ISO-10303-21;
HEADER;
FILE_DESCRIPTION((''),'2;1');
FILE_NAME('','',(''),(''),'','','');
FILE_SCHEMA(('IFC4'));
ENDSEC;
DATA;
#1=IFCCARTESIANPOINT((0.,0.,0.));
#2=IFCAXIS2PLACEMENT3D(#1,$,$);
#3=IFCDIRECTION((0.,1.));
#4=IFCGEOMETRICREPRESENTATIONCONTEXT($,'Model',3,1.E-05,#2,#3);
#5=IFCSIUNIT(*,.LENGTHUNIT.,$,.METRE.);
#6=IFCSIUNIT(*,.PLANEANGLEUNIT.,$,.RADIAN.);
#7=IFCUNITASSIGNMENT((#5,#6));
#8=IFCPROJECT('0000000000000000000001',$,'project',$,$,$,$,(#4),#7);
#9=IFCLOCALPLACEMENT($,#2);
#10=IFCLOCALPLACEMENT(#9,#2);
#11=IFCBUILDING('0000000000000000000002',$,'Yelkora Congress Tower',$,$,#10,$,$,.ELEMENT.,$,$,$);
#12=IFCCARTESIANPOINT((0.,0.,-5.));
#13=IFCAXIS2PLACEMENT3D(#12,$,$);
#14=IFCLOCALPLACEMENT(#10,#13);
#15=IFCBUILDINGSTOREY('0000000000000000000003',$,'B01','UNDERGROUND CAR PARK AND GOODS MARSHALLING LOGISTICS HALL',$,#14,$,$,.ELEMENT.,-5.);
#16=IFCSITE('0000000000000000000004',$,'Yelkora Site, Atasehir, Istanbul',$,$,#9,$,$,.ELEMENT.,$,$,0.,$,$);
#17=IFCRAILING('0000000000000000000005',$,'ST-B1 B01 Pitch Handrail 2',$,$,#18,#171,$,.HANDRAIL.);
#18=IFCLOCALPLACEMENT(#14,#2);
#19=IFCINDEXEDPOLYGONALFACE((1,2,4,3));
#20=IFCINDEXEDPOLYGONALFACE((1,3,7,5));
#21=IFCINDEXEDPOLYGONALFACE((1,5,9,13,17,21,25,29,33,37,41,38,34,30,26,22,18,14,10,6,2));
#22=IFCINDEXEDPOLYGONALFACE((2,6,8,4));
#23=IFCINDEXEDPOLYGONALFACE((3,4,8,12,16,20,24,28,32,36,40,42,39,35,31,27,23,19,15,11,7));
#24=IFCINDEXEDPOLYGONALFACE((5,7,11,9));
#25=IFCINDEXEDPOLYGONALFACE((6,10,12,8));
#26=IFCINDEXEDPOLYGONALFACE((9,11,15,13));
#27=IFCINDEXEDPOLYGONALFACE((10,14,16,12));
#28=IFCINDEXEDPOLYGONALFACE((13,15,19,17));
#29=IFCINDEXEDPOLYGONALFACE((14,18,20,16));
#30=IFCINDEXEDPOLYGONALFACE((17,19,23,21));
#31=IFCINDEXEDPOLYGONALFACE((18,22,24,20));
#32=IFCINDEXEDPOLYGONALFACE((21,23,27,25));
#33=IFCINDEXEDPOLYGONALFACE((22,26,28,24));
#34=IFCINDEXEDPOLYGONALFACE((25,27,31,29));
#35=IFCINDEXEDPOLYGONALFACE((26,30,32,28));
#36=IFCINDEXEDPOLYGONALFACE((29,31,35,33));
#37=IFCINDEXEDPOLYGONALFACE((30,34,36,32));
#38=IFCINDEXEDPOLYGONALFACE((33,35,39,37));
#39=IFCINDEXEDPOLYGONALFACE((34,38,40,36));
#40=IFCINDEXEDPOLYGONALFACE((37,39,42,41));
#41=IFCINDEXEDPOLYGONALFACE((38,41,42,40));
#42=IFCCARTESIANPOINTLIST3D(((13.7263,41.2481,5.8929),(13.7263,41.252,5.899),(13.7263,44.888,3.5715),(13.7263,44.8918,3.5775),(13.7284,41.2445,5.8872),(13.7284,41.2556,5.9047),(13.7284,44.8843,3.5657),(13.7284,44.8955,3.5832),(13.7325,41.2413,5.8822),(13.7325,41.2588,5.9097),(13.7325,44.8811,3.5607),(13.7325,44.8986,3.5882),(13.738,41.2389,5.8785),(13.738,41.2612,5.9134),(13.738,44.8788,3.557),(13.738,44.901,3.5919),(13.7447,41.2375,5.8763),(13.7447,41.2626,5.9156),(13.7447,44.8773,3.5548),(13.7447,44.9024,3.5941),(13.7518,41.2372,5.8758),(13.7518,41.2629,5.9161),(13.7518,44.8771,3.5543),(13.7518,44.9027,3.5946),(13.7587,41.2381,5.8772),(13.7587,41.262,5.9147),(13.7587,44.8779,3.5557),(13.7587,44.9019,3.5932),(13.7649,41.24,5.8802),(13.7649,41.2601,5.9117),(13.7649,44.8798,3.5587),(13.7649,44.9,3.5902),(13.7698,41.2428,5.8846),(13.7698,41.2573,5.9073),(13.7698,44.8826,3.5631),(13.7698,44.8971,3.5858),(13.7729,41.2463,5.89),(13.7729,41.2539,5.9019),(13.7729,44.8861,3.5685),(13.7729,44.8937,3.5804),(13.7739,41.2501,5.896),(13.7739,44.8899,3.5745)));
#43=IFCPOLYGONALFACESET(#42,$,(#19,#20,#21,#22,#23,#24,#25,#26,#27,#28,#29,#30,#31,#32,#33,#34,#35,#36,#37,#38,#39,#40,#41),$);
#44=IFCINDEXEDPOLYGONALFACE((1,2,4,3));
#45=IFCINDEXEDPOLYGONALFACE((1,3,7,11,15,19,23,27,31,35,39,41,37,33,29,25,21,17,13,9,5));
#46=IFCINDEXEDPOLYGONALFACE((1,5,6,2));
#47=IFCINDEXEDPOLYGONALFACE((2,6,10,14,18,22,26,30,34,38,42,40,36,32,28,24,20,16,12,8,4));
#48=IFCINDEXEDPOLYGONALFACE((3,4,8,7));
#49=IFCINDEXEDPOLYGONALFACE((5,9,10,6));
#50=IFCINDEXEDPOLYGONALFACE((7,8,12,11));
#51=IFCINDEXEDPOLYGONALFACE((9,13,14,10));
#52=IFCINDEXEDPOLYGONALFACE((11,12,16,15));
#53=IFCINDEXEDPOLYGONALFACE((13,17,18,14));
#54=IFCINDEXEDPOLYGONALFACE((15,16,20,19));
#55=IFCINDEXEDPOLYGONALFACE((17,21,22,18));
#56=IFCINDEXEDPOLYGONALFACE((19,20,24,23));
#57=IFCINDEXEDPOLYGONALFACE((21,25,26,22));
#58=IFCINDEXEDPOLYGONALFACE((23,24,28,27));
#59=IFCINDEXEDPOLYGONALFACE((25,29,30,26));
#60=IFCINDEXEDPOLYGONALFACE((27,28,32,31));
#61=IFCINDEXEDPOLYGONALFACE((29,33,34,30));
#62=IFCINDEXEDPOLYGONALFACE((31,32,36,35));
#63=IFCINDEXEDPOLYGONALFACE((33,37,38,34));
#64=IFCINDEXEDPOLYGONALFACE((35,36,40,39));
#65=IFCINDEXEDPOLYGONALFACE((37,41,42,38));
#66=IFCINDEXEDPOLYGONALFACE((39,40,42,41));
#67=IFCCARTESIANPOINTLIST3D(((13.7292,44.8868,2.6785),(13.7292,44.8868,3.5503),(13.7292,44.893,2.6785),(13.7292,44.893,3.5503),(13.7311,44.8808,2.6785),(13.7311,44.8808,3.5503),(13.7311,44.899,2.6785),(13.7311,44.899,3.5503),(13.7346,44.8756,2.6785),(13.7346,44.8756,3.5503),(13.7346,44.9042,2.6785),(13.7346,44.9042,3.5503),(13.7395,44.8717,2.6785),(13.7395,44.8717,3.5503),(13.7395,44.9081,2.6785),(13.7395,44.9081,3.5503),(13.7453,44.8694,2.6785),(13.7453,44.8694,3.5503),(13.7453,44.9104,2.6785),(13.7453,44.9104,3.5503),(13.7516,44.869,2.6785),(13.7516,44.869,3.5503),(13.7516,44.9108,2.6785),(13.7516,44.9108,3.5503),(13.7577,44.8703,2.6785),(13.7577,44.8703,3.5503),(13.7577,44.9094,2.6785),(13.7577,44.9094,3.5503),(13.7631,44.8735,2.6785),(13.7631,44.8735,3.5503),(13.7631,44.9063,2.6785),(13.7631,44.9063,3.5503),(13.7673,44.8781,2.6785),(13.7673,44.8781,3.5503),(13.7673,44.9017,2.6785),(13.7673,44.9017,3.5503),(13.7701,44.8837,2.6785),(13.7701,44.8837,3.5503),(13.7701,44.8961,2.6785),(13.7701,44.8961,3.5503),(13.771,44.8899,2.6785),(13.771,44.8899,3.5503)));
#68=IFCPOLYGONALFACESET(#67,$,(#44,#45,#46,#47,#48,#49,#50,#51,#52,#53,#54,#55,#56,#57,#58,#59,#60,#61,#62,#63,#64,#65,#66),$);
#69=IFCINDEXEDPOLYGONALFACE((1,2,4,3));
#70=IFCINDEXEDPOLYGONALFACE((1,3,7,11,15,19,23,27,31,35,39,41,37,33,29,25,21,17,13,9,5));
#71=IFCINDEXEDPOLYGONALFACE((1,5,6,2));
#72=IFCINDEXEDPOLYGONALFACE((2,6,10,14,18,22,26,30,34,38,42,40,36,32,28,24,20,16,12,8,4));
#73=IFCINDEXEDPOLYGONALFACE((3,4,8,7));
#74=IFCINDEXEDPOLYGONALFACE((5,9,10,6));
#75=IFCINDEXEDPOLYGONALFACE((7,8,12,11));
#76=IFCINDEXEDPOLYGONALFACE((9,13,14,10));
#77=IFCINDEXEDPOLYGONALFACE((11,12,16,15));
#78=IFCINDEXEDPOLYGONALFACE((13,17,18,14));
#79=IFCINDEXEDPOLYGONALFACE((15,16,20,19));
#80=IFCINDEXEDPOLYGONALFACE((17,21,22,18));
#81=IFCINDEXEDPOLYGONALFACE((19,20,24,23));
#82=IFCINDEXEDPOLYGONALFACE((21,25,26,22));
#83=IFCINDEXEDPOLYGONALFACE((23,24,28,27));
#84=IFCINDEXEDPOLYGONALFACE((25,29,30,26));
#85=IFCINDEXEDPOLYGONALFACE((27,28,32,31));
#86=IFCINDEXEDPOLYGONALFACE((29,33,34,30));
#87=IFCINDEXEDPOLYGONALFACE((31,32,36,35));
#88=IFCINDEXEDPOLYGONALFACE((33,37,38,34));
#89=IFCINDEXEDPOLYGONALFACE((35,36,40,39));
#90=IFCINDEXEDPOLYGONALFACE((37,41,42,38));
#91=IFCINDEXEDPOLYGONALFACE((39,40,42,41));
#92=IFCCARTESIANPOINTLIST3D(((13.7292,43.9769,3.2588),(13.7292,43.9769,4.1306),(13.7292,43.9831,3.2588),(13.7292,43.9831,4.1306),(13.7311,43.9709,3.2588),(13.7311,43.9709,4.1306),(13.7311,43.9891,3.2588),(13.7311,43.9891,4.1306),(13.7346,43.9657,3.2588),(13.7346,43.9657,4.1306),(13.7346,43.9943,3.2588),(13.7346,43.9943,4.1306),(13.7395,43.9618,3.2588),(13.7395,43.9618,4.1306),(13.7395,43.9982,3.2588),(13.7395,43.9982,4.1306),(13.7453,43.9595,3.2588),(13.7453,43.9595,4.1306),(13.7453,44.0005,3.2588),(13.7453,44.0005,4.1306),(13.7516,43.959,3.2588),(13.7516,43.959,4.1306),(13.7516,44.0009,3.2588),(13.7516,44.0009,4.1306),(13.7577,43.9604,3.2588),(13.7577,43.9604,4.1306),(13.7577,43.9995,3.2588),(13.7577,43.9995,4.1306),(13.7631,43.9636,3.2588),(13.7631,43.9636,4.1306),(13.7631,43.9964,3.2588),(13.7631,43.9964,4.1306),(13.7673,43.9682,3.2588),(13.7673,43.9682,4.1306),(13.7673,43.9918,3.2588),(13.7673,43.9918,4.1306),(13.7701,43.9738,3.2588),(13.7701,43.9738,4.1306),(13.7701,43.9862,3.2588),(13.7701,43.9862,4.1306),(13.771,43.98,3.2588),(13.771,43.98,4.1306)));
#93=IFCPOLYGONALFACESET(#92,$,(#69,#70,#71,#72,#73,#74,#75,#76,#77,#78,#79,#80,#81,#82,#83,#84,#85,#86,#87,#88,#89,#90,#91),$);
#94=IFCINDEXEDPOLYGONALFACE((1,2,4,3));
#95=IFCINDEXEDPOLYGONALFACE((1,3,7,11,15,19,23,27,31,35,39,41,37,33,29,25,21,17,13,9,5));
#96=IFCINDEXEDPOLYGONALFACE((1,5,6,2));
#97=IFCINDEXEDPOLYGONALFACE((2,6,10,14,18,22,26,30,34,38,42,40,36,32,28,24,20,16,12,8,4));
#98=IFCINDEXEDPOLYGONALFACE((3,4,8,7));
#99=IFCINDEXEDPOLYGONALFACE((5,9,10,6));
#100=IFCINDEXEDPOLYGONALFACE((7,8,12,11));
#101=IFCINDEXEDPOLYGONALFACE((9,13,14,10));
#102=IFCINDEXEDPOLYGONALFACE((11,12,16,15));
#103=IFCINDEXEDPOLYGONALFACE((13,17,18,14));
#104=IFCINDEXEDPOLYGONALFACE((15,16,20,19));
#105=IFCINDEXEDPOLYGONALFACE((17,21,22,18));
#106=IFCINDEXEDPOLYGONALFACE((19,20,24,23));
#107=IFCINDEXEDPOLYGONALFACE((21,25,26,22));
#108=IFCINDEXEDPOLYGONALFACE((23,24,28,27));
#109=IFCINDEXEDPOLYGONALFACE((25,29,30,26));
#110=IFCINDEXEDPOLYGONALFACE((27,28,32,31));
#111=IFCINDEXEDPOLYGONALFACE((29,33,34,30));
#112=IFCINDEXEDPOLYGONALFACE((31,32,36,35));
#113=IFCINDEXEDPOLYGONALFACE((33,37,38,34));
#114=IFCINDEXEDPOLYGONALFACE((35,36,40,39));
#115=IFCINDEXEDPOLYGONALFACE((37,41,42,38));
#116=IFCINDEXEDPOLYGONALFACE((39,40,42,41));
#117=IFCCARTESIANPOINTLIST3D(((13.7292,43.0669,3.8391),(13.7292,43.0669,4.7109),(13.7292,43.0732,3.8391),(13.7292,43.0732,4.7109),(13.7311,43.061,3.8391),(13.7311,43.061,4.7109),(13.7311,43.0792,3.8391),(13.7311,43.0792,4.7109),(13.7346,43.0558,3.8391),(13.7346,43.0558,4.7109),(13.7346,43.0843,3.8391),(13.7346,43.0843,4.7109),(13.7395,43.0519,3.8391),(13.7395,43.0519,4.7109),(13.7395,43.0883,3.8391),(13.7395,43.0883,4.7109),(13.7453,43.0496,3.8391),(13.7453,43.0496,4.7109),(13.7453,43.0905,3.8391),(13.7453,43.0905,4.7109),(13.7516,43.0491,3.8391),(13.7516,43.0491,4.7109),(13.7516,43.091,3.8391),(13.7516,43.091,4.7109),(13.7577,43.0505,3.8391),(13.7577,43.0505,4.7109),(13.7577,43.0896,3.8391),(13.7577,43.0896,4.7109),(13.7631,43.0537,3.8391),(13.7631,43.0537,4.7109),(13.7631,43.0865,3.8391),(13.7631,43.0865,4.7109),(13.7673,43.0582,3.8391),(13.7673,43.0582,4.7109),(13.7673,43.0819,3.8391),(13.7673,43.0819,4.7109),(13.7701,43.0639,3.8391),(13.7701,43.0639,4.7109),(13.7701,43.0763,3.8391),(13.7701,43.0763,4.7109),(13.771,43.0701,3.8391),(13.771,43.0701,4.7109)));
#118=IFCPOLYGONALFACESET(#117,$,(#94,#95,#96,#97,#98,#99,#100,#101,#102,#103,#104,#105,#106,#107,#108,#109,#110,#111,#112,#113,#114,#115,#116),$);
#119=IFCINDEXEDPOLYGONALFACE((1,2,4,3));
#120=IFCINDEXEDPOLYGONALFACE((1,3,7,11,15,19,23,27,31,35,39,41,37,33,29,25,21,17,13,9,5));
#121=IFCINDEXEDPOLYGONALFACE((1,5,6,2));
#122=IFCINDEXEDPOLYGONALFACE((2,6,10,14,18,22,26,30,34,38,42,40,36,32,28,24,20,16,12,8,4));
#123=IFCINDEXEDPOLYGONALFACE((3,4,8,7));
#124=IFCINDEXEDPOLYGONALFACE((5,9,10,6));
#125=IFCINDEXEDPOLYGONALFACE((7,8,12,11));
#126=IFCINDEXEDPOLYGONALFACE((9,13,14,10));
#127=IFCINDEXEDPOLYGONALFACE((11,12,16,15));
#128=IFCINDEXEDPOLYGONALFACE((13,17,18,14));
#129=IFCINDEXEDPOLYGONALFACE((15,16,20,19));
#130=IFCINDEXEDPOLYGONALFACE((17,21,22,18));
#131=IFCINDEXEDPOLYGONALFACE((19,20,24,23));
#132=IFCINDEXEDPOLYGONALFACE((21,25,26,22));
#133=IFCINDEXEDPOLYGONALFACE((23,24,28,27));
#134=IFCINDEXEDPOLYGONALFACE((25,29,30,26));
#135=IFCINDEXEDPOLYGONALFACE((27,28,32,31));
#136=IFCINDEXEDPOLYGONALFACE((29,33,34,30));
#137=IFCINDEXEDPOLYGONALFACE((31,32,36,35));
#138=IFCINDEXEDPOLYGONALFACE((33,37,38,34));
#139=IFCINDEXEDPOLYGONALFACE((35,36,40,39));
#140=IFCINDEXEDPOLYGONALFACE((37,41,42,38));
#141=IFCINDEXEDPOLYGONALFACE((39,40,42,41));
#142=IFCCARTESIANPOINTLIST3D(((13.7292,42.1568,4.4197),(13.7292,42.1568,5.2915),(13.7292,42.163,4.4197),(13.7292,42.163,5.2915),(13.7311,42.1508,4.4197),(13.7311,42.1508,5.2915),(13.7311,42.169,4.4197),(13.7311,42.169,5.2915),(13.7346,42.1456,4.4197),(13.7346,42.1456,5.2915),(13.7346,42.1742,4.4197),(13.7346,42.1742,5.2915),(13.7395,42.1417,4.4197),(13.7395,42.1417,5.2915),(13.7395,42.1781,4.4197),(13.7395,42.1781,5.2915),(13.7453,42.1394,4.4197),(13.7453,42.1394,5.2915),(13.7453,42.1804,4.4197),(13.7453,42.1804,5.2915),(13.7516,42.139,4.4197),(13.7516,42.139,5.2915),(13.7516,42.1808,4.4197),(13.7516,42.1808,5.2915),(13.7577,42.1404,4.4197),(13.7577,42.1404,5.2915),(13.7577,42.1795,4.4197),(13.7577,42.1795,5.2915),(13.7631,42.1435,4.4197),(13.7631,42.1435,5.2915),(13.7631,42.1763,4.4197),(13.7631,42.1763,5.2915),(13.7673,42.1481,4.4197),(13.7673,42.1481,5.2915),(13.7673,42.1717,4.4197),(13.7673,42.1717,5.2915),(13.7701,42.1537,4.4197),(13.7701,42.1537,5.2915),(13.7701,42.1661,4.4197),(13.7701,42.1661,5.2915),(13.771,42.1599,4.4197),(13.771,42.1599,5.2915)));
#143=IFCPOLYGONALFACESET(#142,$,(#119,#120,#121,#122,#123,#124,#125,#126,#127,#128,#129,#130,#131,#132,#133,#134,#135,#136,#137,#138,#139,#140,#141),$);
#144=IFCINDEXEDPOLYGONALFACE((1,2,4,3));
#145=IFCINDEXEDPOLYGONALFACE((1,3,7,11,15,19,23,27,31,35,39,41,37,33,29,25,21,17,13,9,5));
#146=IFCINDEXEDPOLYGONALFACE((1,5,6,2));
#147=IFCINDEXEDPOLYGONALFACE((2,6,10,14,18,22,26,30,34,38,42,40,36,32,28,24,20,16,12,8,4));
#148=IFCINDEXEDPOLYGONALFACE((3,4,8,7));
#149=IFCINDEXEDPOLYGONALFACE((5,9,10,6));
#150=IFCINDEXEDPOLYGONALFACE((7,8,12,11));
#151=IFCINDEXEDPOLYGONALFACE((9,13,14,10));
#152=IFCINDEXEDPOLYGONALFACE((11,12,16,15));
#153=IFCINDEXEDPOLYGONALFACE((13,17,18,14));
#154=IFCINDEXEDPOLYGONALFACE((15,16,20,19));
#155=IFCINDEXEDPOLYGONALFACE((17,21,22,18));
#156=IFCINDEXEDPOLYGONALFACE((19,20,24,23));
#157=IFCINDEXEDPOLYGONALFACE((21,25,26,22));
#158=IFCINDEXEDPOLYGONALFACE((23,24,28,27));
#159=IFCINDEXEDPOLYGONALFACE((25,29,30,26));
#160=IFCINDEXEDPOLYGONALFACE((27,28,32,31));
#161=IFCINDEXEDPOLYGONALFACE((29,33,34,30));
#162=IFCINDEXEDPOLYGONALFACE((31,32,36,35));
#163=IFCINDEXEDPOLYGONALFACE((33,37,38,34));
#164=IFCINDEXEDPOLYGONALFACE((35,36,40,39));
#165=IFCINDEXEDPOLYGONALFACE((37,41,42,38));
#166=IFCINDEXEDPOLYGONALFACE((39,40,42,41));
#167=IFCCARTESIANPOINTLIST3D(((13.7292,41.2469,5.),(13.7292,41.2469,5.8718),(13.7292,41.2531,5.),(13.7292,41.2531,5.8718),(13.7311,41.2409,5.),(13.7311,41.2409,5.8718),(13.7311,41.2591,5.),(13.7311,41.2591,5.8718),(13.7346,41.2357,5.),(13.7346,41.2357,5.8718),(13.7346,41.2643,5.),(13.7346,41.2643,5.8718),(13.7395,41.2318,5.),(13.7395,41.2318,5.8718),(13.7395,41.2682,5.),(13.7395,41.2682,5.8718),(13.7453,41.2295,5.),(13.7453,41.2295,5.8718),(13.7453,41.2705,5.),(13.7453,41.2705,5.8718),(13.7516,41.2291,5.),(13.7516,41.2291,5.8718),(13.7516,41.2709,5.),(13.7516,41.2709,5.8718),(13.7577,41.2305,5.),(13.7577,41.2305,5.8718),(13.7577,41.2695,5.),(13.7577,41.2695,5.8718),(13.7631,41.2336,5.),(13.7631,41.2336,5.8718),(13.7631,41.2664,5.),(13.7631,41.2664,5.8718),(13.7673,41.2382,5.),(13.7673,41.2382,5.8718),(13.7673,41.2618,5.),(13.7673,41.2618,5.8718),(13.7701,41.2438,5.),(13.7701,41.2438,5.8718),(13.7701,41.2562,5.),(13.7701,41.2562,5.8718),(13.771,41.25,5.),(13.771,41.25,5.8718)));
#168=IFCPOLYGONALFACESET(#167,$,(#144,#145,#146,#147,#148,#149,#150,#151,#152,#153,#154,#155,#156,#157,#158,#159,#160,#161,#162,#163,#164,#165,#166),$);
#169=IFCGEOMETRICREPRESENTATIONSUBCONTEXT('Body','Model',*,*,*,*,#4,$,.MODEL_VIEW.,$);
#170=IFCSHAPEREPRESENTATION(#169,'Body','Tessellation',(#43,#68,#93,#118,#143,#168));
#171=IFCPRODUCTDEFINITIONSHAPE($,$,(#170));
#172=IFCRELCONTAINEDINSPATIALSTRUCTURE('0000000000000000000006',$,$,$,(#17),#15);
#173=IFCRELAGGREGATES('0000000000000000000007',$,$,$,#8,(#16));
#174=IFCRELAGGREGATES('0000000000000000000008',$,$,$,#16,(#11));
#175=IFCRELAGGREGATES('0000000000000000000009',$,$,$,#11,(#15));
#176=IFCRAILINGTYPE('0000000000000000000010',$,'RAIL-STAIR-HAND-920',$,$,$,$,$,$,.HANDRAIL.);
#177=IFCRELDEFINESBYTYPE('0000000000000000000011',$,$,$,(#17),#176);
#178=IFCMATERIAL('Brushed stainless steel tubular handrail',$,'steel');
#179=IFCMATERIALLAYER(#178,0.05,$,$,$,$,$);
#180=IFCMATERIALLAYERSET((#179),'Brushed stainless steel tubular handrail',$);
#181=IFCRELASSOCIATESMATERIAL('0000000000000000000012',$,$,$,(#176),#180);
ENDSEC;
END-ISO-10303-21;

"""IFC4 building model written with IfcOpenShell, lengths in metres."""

from ifc_helpers import new_model, si_unit, direction, frame, origin, origin_2d, place, context, subcontext, project, spatial, circle, extrude, material, layer, layer_set, type_object, element, save


model = new_model("IFC4")

# Units and contexts
model_context = context("Model", 3, precision=1e-05, world=origin(), true_north=direction((0.0, 1.0)))
body_context = subcontext(model_context, "Body", "Model", "MODEL_VIEW")
ifc_project = project(units=[si_unit("LENGTHUNIT", "METRE"), si_unit("PLANEANGLEUNIT", "RADIAN")], contexts=[model_context])

# Site, building, storey
site_placement = place(None, origin())
site = spatial("IfcSite", under=ifc_project, at=site_placement, Name="Yelkora Site, Atasehir, Istanbul", CompositionType="ELEMENT", RefElevation=0.0)
building_placement = place(site_placement, origin())
building = spatial("IfcBuilding", under=site, at=building_placement, Name="Yelkora Congress Tower", CompositionType="ELEMENT")
storey_placement = place(building_placement, frame((0.0, 0.0, -5.0)))
storey = spatial("IfcBuildingStorey", under=building, at=storey_placement, Name="B01", Description="UNDERGROUND CAR PARK AND GOODS MARSHALLING LOGISTICS HALL", CompositionType="ELEMENT", Elevation=-5.0)

# Railing
ifc_material_1 = material(Name="Brushed stainless steel tubular handrail", Category="steel")
ifc_layer_1 = layer(ifc_material_1, 0.05)
ifc_layer_set_1 = layer_set([ifc_layer_1], Name="Brushed stainless steel tubular handrail")
railing_type_1 = type_object("IfcRailingType", Name="RAIL-STAIR-HAND-920", PredefinedType="HANDRAIL", material=ifc_layer_set_1)
railing_1_placement = place(storey_placement, frame((13.75, 44.8899, 2.6785)))
element("IfcRailing", 1, at=railing_1_placement, inside=storey, type_object=railing_type_1, Name="ST-B1 B01 Pitch Handrail 2", PredefinedType="HANDRAIL", context=body_context, shape_type="SweptSolid", body=[
    extrude(circle(Radius=0.0239, at=origin_2d()), frame((0.0, 0.0, 0.896), z_axis=(0.0, -0.843112, 0.537739), x_axis=(1.0, 0.0, 0.0)), (0.0, 0.0, 1.0), 4.3171),
    extrude(circle(Radius=0.021, at=origin_2d()), origin(), (0.0, 0.0, 1.0), 0.8718),
    extrude(circle(Radius=0.021, at=origin_2d()), frame((0.0, -0.9099, 0.5803)), (0.0, 0.0, 1.0), 0.8718),
    extrude(circle(Radius=0.021, at=origin_2d()), frame((0.0, -1.8198, 1.1606)), (0.0, 0.0, 1.0), 0.8718),
    extrude(circle(Radius=0.021, at=origin_2d()), frame((0.0, -2.73, 1.7412)), (0.0, 0.0, 1.0), 0.8718),
    extrude(circle(Radius=0.021, at=origin_2d()), frame((0.0, -3.6399, 2.3215)), (0.0, 0.0, 1.0), 0.8718),
])

save(model, "model.ifc")
